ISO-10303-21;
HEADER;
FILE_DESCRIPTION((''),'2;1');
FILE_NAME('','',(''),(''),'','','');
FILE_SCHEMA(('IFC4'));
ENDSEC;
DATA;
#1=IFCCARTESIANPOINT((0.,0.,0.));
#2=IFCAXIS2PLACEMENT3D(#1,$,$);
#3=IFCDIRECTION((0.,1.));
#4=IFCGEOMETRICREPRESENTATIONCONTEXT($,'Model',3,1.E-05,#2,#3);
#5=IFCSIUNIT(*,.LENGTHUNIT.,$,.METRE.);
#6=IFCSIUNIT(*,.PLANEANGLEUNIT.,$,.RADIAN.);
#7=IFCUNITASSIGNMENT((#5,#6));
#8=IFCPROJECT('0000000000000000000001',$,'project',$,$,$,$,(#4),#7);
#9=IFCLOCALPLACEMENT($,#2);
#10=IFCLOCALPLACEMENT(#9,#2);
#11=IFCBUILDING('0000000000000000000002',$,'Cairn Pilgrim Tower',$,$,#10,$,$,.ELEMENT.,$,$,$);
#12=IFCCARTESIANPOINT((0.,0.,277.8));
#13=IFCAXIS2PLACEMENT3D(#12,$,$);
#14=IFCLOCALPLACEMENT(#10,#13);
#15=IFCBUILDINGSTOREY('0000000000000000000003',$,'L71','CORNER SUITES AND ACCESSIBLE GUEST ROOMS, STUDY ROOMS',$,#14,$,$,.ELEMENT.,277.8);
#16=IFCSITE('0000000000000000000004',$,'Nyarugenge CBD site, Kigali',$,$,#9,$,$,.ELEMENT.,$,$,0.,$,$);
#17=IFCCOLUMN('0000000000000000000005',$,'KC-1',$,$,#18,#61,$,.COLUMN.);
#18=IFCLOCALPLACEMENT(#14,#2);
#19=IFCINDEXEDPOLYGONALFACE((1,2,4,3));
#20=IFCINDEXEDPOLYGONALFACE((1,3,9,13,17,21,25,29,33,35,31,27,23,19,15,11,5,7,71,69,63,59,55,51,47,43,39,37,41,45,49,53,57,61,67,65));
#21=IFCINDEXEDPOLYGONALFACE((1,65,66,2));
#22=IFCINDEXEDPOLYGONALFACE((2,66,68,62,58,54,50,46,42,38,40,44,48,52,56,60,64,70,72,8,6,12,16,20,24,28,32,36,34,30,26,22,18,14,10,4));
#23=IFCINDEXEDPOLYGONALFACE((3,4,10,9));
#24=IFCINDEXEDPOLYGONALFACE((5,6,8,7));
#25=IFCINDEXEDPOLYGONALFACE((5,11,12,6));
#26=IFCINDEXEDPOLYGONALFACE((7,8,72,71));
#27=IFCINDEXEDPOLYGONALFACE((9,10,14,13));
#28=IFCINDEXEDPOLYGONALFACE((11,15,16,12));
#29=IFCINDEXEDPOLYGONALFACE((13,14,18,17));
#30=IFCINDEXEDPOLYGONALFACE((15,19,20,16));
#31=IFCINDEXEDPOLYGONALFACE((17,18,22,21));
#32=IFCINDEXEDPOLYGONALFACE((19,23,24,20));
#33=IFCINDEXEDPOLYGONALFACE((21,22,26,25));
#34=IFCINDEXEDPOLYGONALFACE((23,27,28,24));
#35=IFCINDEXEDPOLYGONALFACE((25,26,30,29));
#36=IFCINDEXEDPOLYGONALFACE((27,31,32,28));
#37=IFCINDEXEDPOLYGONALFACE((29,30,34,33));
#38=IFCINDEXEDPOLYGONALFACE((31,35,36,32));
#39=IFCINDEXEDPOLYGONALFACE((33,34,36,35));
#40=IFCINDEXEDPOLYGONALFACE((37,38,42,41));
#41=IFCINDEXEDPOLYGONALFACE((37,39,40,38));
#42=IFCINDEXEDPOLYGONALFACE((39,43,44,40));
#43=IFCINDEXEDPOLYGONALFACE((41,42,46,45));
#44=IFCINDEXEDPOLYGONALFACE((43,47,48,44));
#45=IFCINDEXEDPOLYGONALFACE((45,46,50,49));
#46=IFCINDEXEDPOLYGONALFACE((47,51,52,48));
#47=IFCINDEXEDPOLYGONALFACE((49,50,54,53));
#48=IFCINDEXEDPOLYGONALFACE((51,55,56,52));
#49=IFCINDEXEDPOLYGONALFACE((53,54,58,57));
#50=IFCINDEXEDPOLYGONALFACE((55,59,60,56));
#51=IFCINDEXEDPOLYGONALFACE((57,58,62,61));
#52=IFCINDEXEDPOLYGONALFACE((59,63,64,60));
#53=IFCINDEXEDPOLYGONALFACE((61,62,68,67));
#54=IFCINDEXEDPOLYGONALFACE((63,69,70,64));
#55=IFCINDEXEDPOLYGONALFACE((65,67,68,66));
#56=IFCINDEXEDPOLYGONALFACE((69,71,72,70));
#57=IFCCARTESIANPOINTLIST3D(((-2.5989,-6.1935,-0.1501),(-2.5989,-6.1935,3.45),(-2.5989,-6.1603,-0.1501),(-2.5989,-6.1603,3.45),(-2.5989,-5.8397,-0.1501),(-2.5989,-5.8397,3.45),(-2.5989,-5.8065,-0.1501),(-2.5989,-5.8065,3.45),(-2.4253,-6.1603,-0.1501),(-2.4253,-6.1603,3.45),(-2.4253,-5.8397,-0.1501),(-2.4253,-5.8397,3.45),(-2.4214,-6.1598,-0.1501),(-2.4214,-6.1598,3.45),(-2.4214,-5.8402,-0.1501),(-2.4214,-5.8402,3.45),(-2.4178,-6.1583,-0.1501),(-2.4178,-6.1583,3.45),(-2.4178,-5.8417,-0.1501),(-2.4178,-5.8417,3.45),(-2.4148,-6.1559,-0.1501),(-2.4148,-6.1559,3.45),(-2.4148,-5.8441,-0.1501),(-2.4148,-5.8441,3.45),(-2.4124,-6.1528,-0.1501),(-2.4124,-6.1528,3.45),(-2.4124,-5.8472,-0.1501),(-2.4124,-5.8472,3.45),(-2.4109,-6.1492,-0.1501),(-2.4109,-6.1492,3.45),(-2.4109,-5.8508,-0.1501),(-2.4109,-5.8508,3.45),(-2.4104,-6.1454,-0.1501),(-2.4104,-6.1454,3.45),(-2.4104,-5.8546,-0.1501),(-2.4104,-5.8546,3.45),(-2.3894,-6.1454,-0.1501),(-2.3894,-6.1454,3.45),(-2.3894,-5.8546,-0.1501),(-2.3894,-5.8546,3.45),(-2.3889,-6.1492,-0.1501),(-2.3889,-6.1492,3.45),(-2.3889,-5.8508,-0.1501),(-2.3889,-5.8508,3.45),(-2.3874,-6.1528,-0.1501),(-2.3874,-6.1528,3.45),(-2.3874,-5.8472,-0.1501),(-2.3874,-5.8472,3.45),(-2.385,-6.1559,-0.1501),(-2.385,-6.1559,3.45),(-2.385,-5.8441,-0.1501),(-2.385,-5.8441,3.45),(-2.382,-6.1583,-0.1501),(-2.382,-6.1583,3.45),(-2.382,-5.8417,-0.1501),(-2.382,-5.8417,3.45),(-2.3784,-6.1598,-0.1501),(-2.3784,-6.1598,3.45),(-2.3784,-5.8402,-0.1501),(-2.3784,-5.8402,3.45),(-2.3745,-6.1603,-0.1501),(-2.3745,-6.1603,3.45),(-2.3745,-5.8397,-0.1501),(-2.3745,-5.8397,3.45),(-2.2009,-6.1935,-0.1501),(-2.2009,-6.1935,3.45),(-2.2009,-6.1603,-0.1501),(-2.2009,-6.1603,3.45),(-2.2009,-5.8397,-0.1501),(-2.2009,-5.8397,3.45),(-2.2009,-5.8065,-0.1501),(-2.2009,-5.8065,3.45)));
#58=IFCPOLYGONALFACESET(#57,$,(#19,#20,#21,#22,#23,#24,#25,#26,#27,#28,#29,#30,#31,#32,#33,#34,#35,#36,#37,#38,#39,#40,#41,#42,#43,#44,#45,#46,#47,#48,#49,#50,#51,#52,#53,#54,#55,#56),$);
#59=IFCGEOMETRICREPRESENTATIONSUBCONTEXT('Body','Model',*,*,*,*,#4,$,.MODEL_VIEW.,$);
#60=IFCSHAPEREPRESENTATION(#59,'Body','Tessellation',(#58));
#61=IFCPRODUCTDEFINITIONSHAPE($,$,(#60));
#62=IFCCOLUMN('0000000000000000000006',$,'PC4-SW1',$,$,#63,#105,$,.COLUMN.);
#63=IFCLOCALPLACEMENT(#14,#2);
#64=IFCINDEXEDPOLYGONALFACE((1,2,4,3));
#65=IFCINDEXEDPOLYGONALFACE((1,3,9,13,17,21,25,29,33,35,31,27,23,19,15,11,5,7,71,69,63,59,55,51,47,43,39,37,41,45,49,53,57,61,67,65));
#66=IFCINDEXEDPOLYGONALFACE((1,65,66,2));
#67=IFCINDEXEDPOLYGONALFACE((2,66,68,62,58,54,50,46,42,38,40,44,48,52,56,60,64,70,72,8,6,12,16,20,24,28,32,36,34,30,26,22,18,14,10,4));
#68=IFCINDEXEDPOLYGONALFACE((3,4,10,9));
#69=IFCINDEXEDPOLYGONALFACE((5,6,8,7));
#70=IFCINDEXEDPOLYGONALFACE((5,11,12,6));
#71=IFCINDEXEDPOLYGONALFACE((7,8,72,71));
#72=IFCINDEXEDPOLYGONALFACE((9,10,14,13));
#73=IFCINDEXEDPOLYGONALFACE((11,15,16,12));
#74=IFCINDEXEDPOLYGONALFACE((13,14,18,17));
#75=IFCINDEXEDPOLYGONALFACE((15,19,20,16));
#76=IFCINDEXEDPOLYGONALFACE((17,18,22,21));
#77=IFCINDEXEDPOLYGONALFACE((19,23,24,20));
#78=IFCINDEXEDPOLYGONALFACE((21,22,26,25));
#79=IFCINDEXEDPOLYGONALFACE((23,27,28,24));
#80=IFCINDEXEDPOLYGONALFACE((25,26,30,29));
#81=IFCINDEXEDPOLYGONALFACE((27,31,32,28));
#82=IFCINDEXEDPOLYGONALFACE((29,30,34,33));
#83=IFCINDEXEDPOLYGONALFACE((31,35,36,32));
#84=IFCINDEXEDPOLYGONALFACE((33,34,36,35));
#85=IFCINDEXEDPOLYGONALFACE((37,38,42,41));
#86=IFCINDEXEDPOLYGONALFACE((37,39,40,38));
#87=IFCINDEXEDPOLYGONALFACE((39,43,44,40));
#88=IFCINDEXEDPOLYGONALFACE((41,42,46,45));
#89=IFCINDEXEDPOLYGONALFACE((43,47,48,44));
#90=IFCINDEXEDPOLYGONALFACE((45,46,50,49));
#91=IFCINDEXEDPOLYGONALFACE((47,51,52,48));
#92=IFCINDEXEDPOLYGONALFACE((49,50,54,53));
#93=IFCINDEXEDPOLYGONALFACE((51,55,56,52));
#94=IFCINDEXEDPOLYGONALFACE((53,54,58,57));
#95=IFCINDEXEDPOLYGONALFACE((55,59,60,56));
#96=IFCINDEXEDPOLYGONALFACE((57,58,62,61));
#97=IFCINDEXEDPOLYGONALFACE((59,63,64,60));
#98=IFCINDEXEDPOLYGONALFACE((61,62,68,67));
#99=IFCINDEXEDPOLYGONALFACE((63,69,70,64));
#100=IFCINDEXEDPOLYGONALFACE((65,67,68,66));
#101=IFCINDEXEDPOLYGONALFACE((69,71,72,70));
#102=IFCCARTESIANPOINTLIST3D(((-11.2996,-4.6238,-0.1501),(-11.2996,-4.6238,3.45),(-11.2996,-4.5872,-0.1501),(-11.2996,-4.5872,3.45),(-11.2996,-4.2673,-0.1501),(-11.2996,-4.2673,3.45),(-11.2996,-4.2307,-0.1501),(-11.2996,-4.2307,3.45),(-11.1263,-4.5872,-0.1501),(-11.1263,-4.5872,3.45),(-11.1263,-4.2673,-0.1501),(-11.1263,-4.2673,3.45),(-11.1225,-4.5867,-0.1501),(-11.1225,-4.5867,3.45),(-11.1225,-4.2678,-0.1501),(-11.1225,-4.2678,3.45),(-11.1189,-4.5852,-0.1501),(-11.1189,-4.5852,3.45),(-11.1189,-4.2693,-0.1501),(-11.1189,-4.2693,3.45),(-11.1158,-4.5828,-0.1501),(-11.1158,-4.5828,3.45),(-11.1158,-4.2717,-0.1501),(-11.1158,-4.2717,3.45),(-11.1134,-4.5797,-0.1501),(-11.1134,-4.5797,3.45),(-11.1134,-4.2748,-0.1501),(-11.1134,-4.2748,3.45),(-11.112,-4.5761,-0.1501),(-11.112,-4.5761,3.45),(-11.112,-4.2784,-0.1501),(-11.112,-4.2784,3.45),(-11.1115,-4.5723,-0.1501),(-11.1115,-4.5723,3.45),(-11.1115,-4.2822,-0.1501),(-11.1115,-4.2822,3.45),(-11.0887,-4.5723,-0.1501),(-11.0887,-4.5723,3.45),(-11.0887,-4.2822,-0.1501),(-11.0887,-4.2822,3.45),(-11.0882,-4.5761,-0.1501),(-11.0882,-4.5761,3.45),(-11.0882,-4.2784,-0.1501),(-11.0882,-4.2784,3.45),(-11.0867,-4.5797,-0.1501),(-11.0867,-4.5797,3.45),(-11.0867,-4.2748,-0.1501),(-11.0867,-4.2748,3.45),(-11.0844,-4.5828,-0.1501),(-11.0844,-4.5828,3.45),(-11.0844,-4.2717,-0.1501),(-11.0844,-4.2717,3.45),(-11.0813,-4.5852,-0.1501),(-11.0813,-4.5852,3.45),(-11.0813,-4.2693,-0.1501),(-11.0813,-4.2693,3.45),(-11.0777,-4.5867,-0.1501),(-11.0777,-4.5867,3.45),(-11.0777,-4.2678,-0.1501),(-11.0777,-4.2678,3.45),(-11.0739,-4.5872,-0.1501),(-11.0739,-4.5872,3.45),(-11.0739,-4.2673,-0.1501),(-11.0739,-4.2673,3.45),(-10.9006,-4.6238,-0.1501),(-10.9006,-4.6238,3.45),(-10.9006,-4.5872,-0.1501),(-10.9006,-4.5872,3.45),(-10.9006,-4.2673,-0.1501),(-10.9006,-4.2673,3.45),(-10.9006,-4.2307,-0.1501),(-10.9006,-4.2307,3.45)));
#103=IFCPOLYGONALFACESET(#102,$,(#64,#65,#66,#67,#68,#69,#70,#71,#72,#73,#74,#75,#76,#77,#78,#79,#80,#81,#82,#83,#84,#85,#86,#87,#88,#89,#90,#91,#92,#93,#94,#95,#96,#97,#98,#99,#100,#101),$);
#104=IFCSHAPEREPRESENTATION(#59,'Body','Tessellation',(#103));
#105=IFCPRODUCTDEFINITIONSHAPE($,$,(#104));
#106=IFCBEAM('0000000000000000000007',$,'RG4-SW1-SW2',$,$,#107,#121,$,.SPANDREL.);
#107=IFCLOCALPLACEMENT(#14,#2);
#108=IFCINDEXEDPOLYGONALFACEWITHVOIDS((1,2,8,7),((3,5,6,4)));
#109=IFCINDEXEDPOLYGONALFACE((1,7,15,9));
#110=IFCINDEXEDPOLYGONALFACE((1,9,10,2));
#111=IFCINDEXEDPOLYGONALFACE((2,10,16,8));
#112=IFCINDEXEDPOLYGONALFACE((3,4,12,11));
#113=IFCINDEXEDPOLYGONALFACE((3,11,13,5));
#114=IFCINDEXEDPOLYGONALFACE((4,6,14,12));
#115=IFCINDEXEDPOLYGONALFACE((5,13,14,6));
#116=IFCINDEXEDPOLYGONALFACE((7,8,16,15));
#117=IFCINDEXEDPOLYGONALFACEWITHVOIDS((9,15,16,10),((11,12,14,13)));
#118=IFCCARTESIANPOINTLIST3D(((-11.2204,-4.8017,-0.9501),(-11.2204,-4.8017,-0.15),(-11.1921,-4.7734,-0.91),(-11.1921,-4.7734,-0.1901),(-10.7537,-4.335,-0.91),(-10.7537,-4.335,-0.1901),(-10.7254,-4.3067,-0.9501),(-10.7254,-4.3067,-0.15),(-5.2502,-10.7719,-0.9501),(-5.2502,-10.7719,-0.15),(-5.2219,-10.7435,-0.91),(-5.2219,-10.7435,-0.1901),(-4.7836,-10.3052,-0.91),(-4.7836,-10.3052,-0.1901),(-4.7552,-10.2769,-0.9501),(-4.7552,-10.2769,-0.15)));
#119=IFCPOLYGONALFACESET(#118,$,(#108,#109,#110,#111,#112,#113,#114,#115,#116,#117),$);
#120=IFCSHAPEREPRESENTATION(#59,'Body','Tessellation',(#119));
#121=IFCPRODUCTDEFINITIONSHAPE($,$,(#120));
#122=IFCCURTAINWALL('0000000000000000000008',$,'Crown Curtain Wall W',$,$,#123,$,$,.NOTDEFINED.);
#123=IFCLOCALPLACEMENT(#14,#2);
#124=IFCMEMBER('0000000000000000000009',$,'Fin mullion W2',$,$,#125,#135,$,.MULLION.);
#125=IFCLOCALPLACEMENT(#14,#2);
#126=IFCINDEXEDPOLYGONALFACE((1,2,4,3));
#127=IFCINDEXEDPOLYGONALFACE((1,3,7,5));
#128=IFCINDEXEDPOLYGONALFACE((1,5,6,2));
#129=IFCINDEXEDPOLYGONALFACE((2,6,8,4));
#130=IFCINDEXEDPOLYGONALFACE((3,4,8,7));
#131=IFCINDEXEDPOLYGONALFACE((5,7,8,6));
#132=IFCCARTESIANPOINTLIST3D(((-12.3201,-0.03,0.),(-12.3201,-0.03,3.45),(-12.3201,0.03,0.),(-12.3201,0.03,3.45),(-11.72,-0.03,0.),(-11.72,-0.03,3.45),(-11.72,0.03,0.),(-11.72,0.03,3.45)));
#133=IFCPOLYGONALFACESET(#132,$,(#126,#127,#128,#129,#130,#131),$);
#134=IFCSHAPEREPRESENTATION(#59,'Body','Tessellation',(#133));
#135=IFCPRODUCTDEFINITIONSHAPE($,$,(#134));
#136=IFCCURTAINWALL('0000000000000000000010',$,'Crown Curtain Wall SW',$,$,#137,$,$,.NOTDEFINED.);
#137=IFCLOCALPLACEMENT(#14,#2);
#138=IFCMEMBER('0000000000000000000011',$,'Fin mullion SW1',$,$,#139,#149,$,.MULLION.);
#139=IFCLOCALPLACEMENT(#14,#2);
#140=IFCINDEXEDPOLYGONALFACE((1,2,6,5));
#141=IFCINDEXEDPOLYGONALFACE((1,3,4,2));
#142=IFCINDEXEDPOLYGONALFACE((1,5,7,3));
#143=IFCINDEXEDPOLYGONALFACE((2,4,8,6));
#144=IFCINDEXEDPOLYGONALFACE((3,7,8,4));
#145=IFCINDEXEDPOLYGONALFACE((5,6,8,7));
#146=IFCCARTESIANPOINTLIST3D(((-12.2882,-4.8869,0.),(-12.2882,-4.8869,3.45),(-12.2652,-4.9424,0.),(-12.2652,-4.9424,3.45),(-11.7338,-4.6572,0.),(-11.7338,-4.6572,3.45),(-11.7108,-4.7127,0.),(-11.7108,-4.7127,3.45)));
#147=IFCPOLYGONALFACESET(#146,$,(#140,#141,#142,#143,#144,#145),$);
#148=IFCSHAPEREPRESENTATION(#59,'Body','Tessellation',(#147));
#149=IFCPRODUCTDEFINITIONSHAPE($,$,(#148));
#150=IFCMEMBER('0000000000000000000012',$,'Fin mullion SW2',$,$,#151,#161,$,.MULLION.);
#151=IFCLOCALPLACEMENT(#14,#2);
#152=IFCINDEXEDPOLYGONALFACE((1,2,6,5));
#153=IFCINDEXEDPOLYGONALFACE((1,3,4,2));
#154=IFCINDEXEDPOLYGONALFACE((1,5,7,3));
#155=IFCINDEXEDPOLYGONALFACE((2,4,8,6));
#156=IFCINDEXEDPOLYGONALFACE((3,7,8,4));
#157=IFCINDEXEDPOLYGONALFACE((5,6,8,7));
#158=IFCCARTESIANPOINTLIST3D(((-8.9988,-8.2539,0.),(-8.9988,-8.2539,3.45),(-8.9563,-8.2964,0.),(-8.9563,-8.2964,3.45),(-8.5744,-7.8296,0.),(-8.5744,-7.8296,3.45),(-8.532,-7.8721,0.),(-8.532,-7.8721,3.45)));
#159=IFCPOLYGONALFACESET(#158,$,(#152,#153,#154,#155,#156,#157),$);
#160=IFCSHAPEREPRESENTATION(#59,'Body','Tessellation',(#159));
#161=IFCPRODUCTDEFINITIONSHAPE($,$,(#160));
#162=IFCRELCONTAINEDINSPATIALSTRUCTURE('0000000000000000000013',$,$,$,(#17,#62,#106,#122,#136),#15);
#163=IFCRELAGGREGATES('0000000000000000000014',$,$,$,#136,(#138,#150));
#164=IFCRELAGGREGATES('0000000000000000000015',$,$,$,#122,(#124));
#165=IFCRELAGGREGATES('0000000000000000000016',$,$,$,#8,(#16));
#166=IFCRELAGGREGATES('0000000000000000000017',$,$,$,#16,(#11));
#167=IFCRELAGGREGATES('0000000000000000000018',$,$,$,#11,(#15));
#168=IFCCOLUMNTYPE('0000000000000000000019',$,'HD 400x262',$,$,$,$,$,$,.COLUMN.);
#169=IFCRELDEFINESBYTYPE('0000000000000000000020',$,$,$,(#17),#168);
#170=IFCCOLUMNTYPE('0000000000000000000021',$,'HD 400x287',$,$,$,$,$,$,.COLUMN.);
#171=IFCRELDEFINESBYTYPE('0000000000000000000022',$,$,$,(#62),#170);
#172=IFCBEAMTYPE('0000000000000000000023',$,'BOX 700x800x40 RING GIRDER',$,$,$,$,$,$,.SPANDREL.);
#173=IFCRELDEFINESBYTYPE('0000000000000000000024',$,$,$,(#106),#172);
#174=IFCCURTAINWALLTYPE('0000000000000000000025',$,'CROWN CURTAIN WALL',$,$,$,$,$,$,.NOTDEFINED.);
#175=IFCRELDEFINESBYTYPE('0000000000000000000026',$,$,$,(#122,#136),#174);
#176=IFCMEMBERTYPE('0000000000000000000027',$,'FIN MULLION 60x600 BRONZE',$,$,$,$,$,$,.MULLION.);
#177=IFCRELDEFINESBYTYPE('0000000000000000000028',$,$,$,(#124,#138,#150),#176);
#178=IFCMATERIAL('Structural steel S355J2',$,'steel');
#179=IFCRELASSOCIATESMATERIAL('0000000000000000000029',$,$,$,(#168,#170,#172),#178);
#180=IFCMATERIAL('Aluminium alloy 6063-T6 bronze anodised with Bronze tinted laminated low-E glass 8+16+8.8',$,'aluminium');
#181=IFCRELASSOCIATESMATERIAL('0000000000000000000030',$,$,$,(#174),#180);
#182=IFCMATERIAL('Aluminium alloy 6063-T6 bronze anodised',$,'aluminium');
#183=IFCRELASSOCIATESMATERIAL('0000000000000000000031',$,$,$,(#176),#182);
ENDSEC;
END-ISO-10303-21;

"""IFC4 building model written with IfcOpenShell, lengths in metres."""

from ifc_helpers import new_model, si_unit, direction, frame, origin, origin_2d, place, context, subcontext, project, spatial, rectangle, hollow_rectangle, i_section, extrude, material, material_profile, profile_set, type_object, element, aggregate, save


model = new_model("IFC4")

# Units and contexts
model_context = context("Model", 3, precision=1e-05, world=origin(), true_north=direction((0.0, 1.0)))
body_context = subcontext(model_context, "Body", "Model", "MODEL_VIEW")
ifc_project = project(units=[si_unit("LENGTHUNIT", "METRE"), si_unit("PLANEANGLEUNIT", "RADIAN")], contexts=[model_context])

# Site, building, storey
site_placement = place(None, origin())
site = spatial("IfcSite", under=ifc_project, at=site_placement, Name="Nyarugenge CBD site, Kigali", CompositionType="ELEMENT", RefElevation=0.0)
building_placement = place(site_placement, origin())
building = spatial("IfcBuilding", under=site, at=building_placement, Name="Cairn Pilgrim Tower", CompositionType="ELEMENT")
storey_placement = place(building_placement, frame((0.0, 0.0, 277.8)))
storey = spatial("IfcBuildingStorey", under=building, at=storey_placement, Name="L71", Description="CORNER SUITES AND ACCESSIBLE GUEST ROOMS, STUDY ROOMS", CompositionType="ELEMENT", Elevation=277.8)

# Columns
ifc_material_1 = material(Name="Structural steel S355J2", Category="steel")
ifc_material_profile_1 = material_profile(ifc_material_1, i_section(OverallWidth=0.3979, OverallDepth=0.387, WebThickness=0.021, FlangeThickness=0.0332, FilletRadius=0.0149, at=origin_2d()), Name="HD 400x262")
ifc_profile_set_1 = profile_set([ifc_material_profile_1], Name="Structural steel S355J2")
column_type_1 = type_object("IfcColumnType", Name="HD 400x262", PredefinedType="COLUMN", material=ifc_profile_set_1)
column_1_placement = place(storey_placement, frame((-2.3999, -6.0, -0.1501), z_axis=(0.0, 0.0, 1.0), x_axis=(1.0, 0.0, 0.0)))
element("IfcColumn", 1, at=column_1_placement, inside=storey, type_object=column_type_1, Name="KC-1", PredefinedType="COLUMN", context=body_context, shape_type="SweptSolid", body=[
    extrude(i_section(OverallWidth=0.3979, OverallDepth=0.387, WebThickness=0.021, FlangeThickness=0.0332, FilletRadius=0.0149, at=origin_2d()), origin(), (0.0, 0.0, 1.0), 3.6001),
])
ifc_material_profile_2 = material_profile(ifc_material_1, i_section(OverallWidth=0.3989, OverallDepth=0.3931, WebThickness=0.0227, FlangeThickness=0.0366, FilletRadius=0.0149, at=origin_2d()), Name="HD 400x287")
ifc_profile_set_2 = profile_set([ifc_material_profile_2], Name="Structural steel S355J2")
column_type_2 = type_object("IfcColumnType", Name="HD 400x287", PredefinedType="COLUMN", material=ifc_profile_set_2)
column_2_placement = place(storey_placement, frame((-11.1001, -4.4272, -0.1501), z_axis=(0.0, 0.0, 1.0), x_axis=(1.0, 0.0, 0.0)))
element("IfcColumn", 2, at=column_2_placement, inside=storey, type_object=column_type_2, Name="PC4-SW1", PredefinedType="COLUMN", context=body_context, shape_type="SweptSolid", body=[
    extrude(i_section(OverallWidth=0.3989, OverallDepth=0.3931, WebThickness=0.0227, FlangeThickness=0.0366, FilletRadius=0.0149, at=origin_2d()), origin(), (0.0, 0.0, 1.0), 3.6001),
])

# Beam
ifc_material_profile_3 = material_profile(ifc_material_1, hollow_rectangle(XDim=0.7, YDim=0.8, WallThickness=0.04, at=origin_2d()), Name="BOX 700x800x40")
ifc_profile_set_3 = profile_set([ifc_material_profile_3], Name="Structural steel S355J2")
beam_type_1 = type_object("IfcBeamType", Name="BOX 700x800x40 RING GIRDER", PredefinedType="SPANDREL", material=ifc_profile_set_3)
beam_1_placement = place(storey_placement, frame((-10.9729, -4.5542, -0.55), z_axis=(0.707107, -0.707107, 0.0), x_axis=(0.707107, 0.707107, 0.0)))
element("IfcBeam", 3, at=beam_1_placement, inside=storey, type_object=beam_type_1, Name="RG4-SW1-SW2", PredefinedType="SPANDREL", context=body_context, shape_type="SweptSolid", body=[
    extrude(hollow_rectangle(XDim=0.7, YDim=0.8, WallThickness=0.04, at=origin_2d()), origin(), (0.0, 0.0, 1.0), 8.4431),
])

# Curtain wall, member
ifc_material_2 = material(Name="Aluminium alloy 6063-T6 bronze anodised with Bronze tinted laminated low-E glass 8+16+8.8", Category="aluminium")
curtain_wall_type = type_object("IfcCurtainWallType", Name="CROWN CURTAIN WALL", PredefinedType="NOTDEFINED", material=ifc_material_2)
curtain_wall_1_placement = place(storey_placement, origin())
curtain_wall_1 = element("IfcCurtainWall", 4, at=curtain_wall_1_placement, inside=storey, type_object=curtain_wall_type, Name="Crown Curtain Wall W", PredefinedType="NOTDEFINED")
ifc_material_3 = material(Name="Aluminium alloy 6063-T6 bronze anodised", Category="aluminium")
ifc_material_profile_4 = material_profile(ifc_material_3, rectangle(XDim=0.6001, YDim=0.0601, at=origin_2d()), Name="FIN MULLION 60x600 BRONZE")
ifc_profile_set_4 = profile_set([ifc_material_profile_4], Name="Aluminium alloy 6063-T6 bronze anodised")
member_type_1 = type_object("IfcMemberType", Name="FIN MULLION 60x600 BRONZE", PredefinedType="MULLION", material=ifc_profile_set_4)
member_1_placement = place(storey_placement, frame((-12.02, 0.0, 0.0), z_axis=(0.0, 0.0, 1.0), x_axis=(-1.0, 0.0, 0.0)))
member_1 = element("IfcMember", 5, at=member_1_placement, type_object=member_type_1, Name="Fin mullion W2", PredefinedType="MULLION", context=body_context, shape_type="SweptSolid", body=[
    extrude(rectangle(XDim=0.6001, YDim=0.0601, at=origin_2d()), origin(), (0.0, 0.0, 1.0), 3.45),
])

# Curtain wall, members
curtain_wall_2_placement = place(storey_placement, origin())
curtain_wall_2 = element("IfcCurtainWall", 6, at=curtain_wall_2_placement, inside=storey, type_object=curtain_wall_type, Name="Crown Curtain Wall SW", PredefinedType="NOTDEFINED")
member_2_placement = place(storey_placement, frame((-11.9995, -4.7998, 0.0), z_axis=(0.0, 0.0, 1.0), x_axis=(-0.92388, -0.382683, 0.0)))
member_2 = element("IfcMember", 7, at=member_2_placement, type_object=member_type_1, Name="Fin mullion SW1", PredefinedType="MULLION", context=body_context, shape_type="SweptSolid", body=[
    extrude(rectangle(XDim=0.6001, YDim=0.0601, at=origin_2d()), origin(), (0.0, 0.0, 1.0), 3.45),
])
member_3_placement = place(storey_placement, frame((-8.7654, -8.063, 0.0), z_axis=(0.0, 0.0, 1.0), x_axis=(-0.707107, -0.707107, 0.0)))
member_3 = element("IfcMember", 8, at=member_3_placement, type_object=member_type_1, Name="Fin mullion SW2", PredefinedType="MULLION", context=body_context, shape_type="SweptSolid", body=[
    extrude(rectangle(XDim=0.6001, YDim=0.0601, at=origin_2d()), origin(), (0.0, 0.0, 1.0), 3.45),
])

aggregate(curtain_wall_2, [member_2, member_3])
aggregate(curtain_wall_1, [member_1])

save(model, "model.ifc")
